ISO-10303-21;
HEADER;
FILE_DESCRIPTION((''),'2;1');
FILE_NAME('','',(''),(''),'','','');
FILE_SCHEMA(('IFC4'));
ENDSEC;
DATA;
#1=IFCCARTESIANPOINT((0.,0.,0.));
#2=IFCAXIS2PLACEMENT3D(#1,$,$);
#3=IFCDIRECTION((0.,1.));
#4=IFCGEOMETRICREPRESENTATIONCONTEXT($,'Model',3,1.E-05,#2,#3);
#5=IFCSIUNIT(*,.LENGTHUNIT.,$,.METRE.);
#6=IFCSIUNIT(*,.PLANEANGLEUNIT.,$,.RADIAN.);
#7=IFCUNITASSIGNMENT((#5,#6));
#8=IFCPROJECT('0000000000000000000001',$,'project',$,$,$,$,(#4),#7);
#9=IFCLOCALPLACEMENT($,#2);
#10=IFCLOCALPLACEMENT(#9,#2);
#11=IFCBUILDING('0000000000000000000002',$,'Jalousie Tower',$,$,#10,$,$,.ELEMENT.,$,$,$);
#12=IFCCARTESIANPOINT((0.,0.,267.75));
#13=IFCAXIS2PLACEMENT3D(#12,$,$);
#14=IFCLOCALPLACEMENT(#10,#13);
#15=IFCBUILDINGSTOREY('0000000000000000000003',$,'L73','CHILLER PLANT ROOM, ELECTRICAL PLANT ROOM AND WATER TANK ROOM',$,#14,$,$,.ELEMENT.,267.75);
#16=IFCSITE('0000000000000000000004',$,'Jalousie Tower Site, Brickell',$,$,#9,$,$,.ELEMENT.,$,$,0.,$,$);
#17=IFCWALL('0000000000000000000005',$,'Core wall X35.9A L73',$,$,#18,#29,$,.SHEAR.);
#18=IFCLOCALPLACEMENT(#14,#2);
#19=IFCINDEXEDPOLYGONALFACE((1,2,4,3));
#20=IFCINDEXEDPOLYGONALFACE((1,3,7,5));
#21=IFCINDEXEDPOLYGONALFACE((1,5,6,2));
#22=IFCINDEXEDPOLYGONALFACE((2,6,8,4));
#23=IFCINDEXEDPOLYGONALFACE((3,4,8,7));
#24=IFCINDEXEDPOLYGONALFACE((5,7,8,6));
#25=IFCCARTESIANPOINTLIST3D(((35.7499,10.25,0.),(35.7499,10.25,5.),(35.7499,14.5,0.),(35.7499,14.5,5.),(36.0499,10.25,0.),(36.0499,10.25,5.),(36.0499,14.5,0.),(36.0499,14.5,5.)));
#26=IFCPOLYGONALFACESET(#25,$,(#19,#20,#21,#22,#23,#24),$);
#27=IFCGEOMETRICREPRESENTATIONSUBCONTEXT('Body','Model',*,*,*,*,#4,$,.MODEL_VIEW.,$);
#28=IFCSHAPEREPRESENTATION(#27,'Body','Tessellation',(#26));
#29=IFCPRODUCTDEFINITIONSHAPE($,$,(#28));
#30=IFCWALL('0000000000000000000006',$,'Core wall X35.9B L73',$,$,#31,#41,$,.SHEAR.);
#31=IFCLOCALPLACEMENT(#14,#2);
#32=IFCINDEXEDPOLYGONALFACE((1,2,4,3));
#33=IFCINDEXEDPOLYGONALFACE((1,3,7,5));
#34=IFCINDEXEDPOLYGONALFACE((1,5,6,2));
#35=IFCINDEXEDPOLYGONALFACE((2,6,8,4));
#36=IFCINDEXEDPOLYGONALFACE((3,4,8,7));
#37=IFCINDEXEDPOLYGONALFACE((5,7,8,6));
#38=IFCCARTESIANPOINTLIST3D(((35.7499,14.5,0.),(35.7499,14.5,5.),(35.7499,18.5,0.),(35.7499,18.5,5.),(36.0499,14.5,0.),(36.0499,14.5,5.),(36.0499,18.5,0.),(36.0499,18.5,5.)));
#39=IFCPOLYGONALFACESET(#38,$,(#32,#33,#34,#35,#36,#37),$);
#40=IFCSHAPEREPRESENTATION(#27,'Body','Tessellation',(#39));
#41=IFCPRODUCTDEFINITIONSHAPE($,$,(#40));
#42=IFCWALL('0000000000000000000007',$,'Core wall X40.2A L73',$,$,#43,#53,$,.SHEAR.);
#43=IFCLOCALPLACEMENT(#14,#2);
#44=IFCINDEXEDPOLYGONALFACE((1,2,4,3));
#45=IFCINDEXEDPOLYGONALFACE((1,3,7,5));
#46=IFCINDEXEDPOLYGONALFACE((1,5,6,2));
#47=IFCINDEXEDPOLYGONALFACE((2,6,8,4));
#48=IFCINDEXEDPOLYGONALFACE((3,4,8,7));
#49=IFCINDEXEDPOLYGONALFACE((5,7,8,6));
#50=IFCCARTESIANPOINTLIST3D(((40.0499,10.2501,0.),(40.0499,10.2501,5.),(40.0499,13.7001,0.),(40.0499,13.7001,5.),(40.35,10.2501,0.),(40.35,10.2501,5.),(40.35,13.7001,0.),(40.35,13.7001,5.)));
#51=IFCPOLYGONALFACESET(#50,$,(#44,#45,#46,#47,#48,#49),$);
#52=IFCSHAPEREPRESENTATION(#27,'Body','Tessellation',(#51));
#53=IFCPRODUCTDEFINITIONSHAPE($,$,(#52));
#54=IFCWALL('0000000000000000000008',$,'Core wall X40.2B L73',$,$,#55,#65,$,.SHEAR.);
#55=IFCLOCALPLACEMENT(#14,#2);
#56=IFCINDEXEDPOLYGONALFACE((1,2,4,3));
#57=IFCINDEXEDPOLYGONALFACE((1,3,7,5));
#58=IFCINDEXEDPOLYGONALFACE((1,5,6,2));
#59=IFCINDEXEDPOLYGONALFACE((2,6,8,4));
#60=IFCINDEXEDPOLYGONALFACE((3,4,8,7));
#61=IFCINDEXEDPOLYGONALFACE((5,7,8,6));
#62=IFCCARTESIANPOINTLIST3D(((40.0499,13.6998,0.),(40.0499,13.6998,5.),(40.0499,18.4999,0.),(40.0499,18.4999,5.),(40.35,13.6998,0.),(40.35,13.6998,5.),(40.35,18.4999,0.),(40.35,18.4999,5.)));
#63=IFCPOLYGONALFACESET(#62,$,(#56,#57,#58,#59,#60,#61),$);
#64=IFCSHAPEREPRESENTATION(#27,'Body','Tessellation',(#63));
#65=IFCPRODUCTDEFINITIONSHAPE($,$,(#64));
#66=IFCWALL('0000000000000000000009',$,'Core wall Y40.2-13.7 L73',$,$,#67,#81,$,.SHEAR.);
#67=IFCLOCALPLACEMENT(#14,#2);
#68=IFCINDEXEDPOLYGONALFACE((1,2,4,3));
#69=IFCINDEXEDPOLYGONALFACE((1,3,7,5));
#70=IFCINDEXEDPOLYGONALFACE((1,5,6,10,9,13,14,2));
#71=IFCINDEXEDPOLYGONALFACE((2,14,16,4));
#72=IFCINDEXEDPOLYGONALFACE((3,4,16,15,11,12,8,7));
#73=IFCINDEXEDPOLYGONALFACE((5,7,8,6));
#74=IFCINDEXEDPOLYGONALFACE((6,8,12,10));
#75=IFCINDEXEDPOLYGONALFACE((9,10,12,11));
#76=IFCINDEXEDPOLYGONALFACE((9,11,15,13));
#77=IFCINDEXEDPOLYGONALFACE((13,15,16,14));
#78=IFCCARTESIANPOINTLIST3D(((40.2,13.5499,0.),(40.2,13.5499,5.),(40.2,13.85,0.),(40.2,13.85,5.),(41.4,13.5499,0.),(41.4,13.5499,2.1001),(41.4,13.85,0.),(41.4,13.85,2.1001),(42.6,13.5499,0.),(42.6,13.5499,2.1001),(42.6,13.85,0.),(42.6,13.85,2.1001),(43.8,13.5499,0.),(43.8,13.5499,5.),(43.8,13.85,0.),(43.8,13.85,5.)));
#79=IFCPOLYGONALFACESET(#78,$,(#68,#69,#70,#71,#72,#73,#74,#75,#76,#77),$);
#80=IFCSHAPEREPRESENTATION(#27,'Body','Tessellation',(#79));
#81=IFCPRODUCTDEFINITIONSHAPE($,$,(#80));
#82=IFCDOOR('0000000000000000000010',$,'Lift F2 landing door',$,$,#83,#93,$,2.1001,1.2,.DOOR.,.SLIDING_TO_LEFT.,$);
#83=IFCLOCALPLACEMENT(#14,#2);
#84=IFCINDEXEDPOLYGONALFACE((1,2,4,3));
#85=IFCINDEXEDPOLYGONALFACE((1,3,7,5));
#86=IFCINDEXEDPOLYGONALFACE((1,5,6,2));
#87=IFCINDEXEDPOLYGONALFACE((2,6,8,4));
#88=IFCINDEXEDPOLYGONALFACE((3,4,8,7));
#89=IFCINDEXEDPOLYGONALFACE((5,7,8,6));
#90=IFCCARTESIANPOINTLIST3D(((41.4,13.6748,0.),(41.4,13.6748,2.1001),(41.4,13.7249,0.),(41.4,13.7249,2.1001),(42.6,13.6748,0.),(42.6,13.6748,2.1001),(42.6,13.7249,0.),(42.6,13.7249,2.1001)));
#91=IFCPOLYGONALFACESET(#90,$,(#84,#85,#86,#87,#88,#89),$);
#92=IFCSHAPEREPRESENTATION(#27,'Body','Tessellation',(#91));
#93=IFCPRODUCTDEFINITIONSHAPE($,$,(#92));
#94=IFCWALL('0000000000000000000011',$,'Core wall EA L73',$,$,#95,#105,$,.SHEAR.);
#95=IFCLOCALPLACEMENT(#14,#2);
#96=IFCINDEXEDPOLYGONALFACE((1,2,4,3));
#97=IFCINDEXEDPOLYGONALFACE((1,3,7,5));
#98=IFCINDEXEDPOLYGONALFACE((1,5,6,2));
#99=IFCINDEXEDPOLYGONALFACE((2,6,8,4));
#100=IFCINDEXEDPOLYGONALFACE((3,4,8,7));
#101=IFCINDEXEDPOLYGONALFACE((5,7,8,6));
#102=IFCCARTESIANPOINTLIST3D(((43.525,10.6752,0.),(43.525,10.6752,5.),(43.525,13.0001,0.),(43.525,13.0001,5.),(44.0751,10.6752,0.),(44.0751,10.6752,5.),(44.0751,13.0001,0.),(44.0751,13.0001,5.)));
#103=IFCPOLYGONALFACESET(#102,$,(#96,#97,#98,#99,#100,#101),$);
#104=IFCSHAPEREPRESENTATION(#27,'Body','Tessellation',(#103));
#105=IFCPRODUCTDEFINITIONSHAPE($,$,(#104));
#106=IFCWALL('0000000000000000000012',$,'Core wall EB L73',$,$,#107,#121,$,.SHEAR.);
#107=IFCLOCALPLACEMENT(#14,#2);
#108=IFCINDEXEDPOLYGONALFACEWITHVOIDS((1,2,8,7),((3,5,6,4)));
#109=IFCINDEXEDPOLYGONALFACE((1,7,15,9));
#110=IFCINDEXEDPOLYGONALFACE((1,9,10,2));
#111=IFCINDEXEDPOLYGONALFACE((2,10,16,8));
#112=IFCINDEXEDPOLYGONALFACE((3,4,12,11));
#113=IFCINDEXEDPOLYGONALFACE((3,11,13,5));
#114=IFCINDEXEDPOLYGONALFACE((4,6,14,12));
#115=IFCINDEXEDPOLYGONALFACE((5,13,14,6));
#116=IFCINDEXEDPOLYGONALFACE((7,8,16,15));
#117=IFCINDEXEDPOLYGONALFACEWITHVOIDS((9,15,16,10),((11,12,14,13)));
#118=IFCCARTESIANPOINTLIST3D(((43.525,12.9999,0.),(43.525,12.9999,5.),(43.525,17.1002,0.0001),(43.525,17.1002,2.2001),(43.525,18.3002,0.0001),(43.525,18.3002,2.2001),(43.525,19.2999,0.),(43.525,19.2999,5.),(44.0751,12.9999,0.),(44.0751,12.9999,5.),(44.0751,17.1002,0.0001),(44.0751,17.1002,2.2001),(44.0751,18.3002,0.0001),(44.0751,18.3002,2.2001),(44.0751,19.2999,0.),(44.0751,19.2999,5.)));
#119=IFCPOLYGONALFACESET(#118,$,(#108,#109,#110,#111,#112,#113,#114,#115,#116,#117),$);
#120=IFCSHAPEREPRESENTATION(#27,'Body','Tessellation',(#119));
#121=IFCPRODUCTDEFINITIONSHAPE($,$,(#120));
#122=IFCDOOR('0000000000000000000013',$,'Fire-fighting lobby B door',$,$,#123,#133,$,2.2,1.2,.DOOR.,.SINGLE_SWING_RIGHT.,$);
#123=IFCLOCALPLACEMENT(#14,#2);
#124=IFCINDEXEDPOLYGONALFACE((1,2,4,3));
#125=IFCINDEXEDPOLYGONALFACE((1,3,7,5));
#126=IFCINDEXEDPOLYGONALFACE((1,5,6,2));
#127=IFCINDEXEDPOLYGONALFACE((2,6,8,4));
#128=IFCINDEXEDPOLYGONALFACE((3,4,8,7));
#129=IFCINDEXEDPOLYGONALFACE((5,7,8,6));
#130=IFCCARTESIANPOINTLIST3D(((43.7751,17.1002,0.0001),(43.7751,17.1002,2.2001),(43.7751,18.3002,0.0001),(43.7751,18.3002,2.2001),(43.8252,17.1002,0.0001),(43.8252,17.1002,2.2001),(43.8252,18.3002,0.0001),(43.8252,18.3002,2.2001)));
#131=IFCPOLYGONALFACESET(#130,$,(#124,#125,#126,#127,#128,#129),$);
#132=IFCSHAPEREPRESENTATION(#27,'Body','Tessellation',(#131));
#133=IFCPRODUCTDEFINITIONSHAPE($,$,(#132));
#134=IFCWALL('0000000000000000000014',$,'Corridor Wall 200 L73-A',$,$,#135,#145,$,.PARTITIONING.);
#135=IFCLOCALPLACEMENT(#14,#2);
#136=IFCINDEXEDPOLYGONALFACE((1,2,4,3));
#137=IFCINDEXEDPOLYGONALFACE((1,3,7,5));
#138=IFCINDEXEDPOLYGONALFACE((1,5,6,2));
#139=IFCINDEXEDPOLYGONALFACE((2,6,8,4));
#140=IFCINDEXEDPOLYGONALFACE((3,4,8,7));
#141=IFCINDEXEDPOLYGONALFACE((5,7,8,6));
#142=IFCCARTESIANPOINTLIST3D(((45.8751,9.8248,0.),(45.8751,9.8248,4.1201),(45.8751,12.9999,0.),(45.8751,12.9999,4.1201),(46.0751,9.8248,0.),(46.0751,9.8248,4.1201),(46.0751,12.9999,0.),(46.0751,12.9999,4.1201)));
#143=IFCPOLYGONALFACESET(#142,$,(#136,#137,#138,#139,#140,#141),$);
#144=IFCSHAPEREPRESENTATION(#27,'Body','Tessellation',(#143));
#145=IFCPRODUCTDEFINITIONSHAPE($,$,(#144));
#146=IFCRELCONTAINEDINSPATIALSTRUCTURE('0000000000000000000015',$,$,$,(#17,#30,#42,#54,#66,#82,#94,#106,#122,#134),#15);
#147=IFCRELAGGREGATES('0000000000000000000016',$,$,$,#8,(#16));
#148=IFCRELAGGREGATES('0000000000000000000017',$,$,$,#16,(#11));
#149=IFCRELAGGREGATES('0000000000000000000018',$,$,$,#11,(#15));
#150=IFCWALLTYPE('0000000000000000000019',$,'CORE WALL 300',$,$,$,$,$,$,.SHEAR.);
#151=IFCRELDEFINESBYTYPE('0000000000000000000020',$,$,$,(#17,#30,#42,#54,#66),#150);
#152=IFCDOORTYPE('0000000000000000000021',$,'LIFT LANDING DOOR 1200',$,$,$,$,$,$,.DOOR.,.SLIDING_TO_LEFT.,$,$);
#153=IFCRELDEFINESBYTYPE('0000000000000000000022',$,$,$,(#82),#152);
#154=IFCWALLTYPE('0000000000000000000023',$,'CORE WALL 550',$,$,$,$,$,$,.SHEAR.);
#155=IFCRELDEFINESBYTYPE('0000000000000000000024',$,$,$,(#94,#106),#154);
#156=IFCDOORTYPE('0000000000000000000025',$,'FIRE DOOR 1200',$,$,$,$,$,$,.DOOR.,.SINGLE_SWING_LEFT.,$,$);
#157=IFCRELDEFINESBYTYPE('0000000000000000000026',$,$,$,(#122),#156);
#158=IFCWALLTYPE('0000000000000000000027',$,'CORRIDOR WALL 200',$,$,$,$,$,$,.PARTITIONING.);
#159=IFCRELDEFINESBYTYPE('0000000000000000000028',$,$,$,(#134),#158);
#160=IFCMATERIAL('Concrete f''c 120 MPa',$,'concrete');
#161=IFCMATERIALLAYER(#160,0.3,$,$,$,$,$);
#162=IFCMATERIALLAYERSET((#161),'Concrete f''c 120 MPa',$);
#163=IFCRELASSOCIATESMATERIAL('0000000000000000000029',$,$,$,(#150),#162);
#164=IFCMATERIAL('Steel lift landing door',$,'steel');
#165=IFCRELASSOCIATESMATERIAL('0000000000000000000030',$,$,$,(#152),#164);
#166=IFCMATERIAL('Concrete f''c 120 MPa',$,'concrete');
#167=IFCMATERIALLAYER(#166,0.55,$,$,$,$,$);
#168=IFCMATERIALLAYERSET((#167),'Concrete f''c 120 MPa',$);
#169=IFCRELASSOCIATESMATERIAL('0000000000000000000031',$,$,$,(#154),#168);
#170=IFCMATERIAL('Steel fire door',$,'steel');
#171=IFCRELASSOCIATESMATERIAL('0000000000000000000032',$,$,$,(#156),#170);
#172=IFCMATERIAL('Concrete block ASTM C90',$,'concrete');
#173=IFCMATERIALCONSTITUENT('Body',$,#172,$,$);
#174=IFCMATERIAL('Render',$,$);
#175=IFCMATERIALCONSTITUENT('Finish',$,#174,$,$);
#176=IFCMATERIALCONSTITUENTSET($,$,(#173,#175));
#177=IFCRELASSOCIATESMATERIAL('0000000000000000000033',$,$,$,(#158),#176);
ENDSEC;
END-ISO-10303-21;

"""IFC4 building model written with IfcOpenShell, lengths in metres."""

from ifc_helpers import new_model, si_unit, direction, frame, frame_2d, origin, place, context, subcontext, project, spatial, rectangle, extrude, material, layer, layer_set, constituent, constituent_set, type_object, element, fill, save


model = new_model("IFC4")

# Units and contexts
model_context = context("Model", 3, precision=1e-05, world=origin(), true_north=direction((0.0, 1.0)))
body_context = subcontext(model_context, "Body", "Model", "MODEL_VIEW")
ifc_project = project(units=[si_unit("LENGTHUNIT", "METRE"), si_unit("PLANEANGLEUNIT", "RADIAN")], contexts=[model_context])

# Site, building, storey
site_placement = place(None, origin())
site = spatial("IfcSite", under=ifc_project, at=site_placement, Name="Jalousie Tower Site, Brickell", CompositionType="ELEMENT", RefElevation=0.0)
building_placement = place(site_placement, origin())
building = spatial("IfcBuilding", under=site, at=building_placement, Name="Jalousie Tower", CompositionType="ELEMENT")
storey_placement = place(building_placement, frame((0.0, 0.0, 267.75)))
storey = spatial("IfcBuildingStorey", under=building, at=storey_placement, Name="L73", Description="CHILLER PLANT ROOM, ELECTRICAL PLANT ROOM AND WATER TANK ROOM", CompositionType="ELEMENT", Elevation=267.75)

# Walls
ifc_material_1 = material(Name="Concrete f'c 120 MPa", Category="concrete")
ifc_layer_1 = layer(ifc_material_1, 0.3)
ifc_layer_set_1 = layer_set([ifc_layer_1], Name="Concrete f'c 120 MPa")
wall_type_1 = type_object("IfcWallType", Name="CORE WALL 300", PredefinedType="SHEAR", material=ifc_layer_set_1)
wall_1_placement = place(storey_placement, frame((35.8999, 10.25, 0.0), z_axis=(0.0, 0.0, 1.0), x_axis=(0.0, 1.0, 0.0)))
element("IfcWall", 1, at=wall_1_placement, inside=storey, type_object=wall_type_1, Name="Core wall X35.9A L73", PredefinedType="SHEAR", context=body_context, shape_type="SweptSolid", body=[
    extrude(rectangle(XDim=4.25, YDim=0.3, at=frame_2d((2.125, 0.0))), origin(), (0.0, 0.0, 1.0), 5.0),
])
wall_2_placement = place(storey_placement, frame((35.8999, 14.5, 0.0), z_axis=(0.0, 0.0, 1.0), x_axis=(0.0, 1.0, 0.0)))
element("IfcWall", 2, at=wall_2_placement, inside=storey, type_object=wall_type_1, Name="Core wall X35.9B L73", PredefinedType="SHEAR", context=body_context, shape_type="SweptSolid", body=[
    extrude(rectangle(XDim=4.0, YDim=0.3, at=frame_2d((2.0, 0.0))), origin(), (0.0, 0.0, 1.0), 5.0),
])
wall_3_placement = place(storey_placement, frame((40.2, 10.25, 0.0), z_axis=(0.0, 0.0, 1.0), x_axis=(0.0, 1.0, 0.0)))
element("IfcWall", 3, at=wall_3_placement, inside=storey, type_object=wall_type_1, Name="Core wall X40.2A L73", PredefinedType="SHEAR", context=body_context, shape_type="SweptSolid", body=[
    extrude(rectangle(XDim=3.45, YDim=0.3, at=frame_2d((1.7251, 0.0))), origin(), (0.0, 0.0, 1.0), 5.0),
])
wall_4_placement = place(storey_placement, frame((40.2, 13.7, 0.0), z_axis=(0.0, 0.0, 1.0), x_axis=(0.0, 1.0, 0.0)))
element("IfcWall", 4, at=wall_4_placement, inside=storey, type_object=wall_type_1, Name="Core wall X40.2B L73", PredefinedType="SHEAR", context=body_context, shape_type="SweptSolid", body=[
    extrude(rectangle(XDim=4.8, YDim=0.3, at=frame_2d((2.3999, 0.0))), origin(), (0.0, 0.0, 1.0), 5.0),
])

# Wall, opening, door
wall_5_placement = place(storey_placement, frame((40.2, 13.7, 0.0), z_axis=(0.0, 0.0, 1.0), x_axis=(1.0, 0.0, 0.0)))
wall_5 = element("IfcWall", 5, at=wall_5_placement, inside=storey, type_object=wall_type_1, Name="Core wall Y40.2-13.7 L73", PredefinedType="SHEAR", context=body_context, shape_type="SweptSolid", body=[
    extrude(rectangle(XDim=3.6001, YDim=0.3, at=frame_2d((1.8, 0.0))), origin(), (0.0, 0.0, 1.0), 5.0),
])
opening_1_placement = place(wall_5_placement, frame((1.2, 0.0, 0.0)))
opening_1 = element("IfcOpeningElement", 6, at=opening_1_placement, cuts=wall_5, PredefinedType="OPENING", context=body_context, shape_type="SweptSolid", body=[
    extrude(rectangle(XDim=1.2, YDim=2.1001, at=frame_2d((0.6001, 1.05))), frame((0.0, 0.1599, 0.0), z_axis=(0.0, -1.0, 0.0), x_axis=(1.0, 0.0, 0.0)), (0.0, 0.0, 1.0), 0.3201),
])
ifc_material_2 = material(Name="Steel lift landing door", Category="steel")
door_type_1 = type_object("IfcDoorType", Name="LIFT LANDING DOOR 1200", OperationType="SLIDING_TO_LEFT", PredefinedType="DOOR", material=ifc_material_2)
door_1_placement = place(opening_1_placement, origin())
door_1 = element("IfcDoor", 7, at=door_1_placement, inside=storey, type_object=door_type_1, Name="Lift F2 landing door", OperationType="SLIDING_TO_LEFT", OverallHeight=2.1001, OverallWidth=1.2, PredefinedType="DOOR", context=body_context, shape_type="SweptSolid", body=[
    extrude(rectangle(XDim=1.2, YDim=2.1001, at=frame_2d((0.6001, 1.05))), frame((0.0, 0.0249, 0.0), z_axis=(0.0, -1.0, 0.0), x_axis=(1.0, 0.0, 0.0)), (0.0, 0.0, 1.0), 0.05),
])
fill(opening_1, door_1)

# Wall
ifc_material_3 = material(Name="Concrete f'c 120 MPa", Category="concrete")
ifc_layer_2 = layer(ifc_material_3, 0.55)
ifc_layer_set_2 = layer_set([ifc_layer_2], Name="Concrete f'c 120 MPa")
wall_type_2 = type_object("IfcWallType", Name="CORE WALL 550", PredefinedType="SHEAR", material=ifc_layer_set_2)
wall_6_placement = place(storey_placement, frame((43.8, 10.675, 0.0), z_axis=(0.0, 0.0, 1.0), x_axis=(0.0, 1.0, 0.0)))
element("IfcWall", 8, at=wall_6_placement, inside=storey, type_object=wall_type_2, Name="Core wall EA L73", PredefinedType="SHEAR", context=body_context, shape_type="SweptSolid", body=[
    extrude(rectangle(XDim=2.325, YDim=0.55, at=frame_2d((1.1626, 0.0))), origin(), (0.0, 0.0, 1.0), 5.0),
])

# Wall, opening, door
wall_7_placement = place(storey_placement, frame((43.8, 13.0, 0.0), z_axis=(0.0, 0.0, 1.0), x_axis=(0.0, 1.0, 0.0)))
wall_7 = element("IfcWall", 9, at=wall_7_placement, inside=storey, type_object=wall_type_2, Name="Core wall EB L73", PredefinedType="SHEAR", context=body_context, shape_type="SweptSolid", body=[
    extrude(rectangle(XDim=6.3, YDim=0.55, at=frame_2d((3.1499, 0.0))), origin(), (0.0, 0.0, 1.0), 5.0),
])
opening_2_placement = place(wall_7_placement, frame((4.1001, 0.0, 0.0)))
opening_2 = element("IfcOpeningElement", 10, at=opening_2_placement, cuts=wall_7, PredefinedType="OPENING", context=body_context, shape_type="SweptSolid", body=[
    extrude(rectangle(XDim=1.2, YDim=2.2, at=frame_2d((0.6001, 1.1001))), frame((0.0, 0.2849, 0.0), z_axis=(0.0, -1.0, 0.0), x_axis=(1.0, 0.0, 0.0)), (0.0, 0.0, 1.0), 0.5701),
])
ifc_material_4 = material(Name="Steel fire door", Category="steel")
door_type_2 = type_object("IfcDoorType", Name="FIRE DOOR 1200", OperationType="SINGLE_SWING_LEFT", PredefinedType="DOOR", material=ifc_material_4)
door_2_placement = place(opening_2_placement, origin())
door_2 = element("IfcDoor", 11, at=door_2_placement, inside=storey, type_object=door_type_2, Name="Fire-fighting lobby B door", OperationType="SINGLE_SWING_RIGHT", OverallHeight=2.2, OverallWidth=1.2, PredefinedType="DOOR", context=body_context, shape_type="SweptSolid", body=[
    extrude(rectangle(XDim=1.2, YDim=2.2, at=frame_2d((0.6001, 1.1001))), frame((0.0, 0.0249, 0.0), z_axis=(0.0, -1.0, 0.0), x_axis=(1.0, 0.0, 0.0)), (0.0, 0.0, 1.0), 0.05),
])
fill(opening_2, door_2)

# Wall
ifc_material_5 = material(Name="Concrete block ASTM C90", Category="concrete")
ifc_constituent_1 = constituent(ifc_material_5, Name="Body")
ifc_material_6 = material(Name="Render")
ifc_constituent_2 = constituent(ifc_material_6, Name="Finish")
ifc_constituent_set_1 = constituent_set(constituents=[ifc_constituent_1, ifc_constituent_2])
wall_type_3 = type_object("IfcWallType", Name="CORRIDOR WALL 200", PredefinedType="PARTITIONING", material=ifc_constituent_set_1)
wall_8_placement = place(storey_placement, frame((45.9751, 9.825, 0.0), z_axis=(0.0, 0.0, 1.0), x_axis=(0.0, 1.0, 0.0)))
element("IfcWall", 12, at=wall_8_placement, inside=storey, type_object=wall_type_3, Name="Corridor Wall 200 L73-A", PredefinedType="PARTITIONING", context=body_context, shape_type="SweptSolid", body=[
    extrude(rectangle(XDim=3.175, YDim=0.2, at=frame_2d((1.5874, 0.0))), origin(), (0.0, 0.0, 1.0), 4.1201),
])

save(model, "model.ifc")
